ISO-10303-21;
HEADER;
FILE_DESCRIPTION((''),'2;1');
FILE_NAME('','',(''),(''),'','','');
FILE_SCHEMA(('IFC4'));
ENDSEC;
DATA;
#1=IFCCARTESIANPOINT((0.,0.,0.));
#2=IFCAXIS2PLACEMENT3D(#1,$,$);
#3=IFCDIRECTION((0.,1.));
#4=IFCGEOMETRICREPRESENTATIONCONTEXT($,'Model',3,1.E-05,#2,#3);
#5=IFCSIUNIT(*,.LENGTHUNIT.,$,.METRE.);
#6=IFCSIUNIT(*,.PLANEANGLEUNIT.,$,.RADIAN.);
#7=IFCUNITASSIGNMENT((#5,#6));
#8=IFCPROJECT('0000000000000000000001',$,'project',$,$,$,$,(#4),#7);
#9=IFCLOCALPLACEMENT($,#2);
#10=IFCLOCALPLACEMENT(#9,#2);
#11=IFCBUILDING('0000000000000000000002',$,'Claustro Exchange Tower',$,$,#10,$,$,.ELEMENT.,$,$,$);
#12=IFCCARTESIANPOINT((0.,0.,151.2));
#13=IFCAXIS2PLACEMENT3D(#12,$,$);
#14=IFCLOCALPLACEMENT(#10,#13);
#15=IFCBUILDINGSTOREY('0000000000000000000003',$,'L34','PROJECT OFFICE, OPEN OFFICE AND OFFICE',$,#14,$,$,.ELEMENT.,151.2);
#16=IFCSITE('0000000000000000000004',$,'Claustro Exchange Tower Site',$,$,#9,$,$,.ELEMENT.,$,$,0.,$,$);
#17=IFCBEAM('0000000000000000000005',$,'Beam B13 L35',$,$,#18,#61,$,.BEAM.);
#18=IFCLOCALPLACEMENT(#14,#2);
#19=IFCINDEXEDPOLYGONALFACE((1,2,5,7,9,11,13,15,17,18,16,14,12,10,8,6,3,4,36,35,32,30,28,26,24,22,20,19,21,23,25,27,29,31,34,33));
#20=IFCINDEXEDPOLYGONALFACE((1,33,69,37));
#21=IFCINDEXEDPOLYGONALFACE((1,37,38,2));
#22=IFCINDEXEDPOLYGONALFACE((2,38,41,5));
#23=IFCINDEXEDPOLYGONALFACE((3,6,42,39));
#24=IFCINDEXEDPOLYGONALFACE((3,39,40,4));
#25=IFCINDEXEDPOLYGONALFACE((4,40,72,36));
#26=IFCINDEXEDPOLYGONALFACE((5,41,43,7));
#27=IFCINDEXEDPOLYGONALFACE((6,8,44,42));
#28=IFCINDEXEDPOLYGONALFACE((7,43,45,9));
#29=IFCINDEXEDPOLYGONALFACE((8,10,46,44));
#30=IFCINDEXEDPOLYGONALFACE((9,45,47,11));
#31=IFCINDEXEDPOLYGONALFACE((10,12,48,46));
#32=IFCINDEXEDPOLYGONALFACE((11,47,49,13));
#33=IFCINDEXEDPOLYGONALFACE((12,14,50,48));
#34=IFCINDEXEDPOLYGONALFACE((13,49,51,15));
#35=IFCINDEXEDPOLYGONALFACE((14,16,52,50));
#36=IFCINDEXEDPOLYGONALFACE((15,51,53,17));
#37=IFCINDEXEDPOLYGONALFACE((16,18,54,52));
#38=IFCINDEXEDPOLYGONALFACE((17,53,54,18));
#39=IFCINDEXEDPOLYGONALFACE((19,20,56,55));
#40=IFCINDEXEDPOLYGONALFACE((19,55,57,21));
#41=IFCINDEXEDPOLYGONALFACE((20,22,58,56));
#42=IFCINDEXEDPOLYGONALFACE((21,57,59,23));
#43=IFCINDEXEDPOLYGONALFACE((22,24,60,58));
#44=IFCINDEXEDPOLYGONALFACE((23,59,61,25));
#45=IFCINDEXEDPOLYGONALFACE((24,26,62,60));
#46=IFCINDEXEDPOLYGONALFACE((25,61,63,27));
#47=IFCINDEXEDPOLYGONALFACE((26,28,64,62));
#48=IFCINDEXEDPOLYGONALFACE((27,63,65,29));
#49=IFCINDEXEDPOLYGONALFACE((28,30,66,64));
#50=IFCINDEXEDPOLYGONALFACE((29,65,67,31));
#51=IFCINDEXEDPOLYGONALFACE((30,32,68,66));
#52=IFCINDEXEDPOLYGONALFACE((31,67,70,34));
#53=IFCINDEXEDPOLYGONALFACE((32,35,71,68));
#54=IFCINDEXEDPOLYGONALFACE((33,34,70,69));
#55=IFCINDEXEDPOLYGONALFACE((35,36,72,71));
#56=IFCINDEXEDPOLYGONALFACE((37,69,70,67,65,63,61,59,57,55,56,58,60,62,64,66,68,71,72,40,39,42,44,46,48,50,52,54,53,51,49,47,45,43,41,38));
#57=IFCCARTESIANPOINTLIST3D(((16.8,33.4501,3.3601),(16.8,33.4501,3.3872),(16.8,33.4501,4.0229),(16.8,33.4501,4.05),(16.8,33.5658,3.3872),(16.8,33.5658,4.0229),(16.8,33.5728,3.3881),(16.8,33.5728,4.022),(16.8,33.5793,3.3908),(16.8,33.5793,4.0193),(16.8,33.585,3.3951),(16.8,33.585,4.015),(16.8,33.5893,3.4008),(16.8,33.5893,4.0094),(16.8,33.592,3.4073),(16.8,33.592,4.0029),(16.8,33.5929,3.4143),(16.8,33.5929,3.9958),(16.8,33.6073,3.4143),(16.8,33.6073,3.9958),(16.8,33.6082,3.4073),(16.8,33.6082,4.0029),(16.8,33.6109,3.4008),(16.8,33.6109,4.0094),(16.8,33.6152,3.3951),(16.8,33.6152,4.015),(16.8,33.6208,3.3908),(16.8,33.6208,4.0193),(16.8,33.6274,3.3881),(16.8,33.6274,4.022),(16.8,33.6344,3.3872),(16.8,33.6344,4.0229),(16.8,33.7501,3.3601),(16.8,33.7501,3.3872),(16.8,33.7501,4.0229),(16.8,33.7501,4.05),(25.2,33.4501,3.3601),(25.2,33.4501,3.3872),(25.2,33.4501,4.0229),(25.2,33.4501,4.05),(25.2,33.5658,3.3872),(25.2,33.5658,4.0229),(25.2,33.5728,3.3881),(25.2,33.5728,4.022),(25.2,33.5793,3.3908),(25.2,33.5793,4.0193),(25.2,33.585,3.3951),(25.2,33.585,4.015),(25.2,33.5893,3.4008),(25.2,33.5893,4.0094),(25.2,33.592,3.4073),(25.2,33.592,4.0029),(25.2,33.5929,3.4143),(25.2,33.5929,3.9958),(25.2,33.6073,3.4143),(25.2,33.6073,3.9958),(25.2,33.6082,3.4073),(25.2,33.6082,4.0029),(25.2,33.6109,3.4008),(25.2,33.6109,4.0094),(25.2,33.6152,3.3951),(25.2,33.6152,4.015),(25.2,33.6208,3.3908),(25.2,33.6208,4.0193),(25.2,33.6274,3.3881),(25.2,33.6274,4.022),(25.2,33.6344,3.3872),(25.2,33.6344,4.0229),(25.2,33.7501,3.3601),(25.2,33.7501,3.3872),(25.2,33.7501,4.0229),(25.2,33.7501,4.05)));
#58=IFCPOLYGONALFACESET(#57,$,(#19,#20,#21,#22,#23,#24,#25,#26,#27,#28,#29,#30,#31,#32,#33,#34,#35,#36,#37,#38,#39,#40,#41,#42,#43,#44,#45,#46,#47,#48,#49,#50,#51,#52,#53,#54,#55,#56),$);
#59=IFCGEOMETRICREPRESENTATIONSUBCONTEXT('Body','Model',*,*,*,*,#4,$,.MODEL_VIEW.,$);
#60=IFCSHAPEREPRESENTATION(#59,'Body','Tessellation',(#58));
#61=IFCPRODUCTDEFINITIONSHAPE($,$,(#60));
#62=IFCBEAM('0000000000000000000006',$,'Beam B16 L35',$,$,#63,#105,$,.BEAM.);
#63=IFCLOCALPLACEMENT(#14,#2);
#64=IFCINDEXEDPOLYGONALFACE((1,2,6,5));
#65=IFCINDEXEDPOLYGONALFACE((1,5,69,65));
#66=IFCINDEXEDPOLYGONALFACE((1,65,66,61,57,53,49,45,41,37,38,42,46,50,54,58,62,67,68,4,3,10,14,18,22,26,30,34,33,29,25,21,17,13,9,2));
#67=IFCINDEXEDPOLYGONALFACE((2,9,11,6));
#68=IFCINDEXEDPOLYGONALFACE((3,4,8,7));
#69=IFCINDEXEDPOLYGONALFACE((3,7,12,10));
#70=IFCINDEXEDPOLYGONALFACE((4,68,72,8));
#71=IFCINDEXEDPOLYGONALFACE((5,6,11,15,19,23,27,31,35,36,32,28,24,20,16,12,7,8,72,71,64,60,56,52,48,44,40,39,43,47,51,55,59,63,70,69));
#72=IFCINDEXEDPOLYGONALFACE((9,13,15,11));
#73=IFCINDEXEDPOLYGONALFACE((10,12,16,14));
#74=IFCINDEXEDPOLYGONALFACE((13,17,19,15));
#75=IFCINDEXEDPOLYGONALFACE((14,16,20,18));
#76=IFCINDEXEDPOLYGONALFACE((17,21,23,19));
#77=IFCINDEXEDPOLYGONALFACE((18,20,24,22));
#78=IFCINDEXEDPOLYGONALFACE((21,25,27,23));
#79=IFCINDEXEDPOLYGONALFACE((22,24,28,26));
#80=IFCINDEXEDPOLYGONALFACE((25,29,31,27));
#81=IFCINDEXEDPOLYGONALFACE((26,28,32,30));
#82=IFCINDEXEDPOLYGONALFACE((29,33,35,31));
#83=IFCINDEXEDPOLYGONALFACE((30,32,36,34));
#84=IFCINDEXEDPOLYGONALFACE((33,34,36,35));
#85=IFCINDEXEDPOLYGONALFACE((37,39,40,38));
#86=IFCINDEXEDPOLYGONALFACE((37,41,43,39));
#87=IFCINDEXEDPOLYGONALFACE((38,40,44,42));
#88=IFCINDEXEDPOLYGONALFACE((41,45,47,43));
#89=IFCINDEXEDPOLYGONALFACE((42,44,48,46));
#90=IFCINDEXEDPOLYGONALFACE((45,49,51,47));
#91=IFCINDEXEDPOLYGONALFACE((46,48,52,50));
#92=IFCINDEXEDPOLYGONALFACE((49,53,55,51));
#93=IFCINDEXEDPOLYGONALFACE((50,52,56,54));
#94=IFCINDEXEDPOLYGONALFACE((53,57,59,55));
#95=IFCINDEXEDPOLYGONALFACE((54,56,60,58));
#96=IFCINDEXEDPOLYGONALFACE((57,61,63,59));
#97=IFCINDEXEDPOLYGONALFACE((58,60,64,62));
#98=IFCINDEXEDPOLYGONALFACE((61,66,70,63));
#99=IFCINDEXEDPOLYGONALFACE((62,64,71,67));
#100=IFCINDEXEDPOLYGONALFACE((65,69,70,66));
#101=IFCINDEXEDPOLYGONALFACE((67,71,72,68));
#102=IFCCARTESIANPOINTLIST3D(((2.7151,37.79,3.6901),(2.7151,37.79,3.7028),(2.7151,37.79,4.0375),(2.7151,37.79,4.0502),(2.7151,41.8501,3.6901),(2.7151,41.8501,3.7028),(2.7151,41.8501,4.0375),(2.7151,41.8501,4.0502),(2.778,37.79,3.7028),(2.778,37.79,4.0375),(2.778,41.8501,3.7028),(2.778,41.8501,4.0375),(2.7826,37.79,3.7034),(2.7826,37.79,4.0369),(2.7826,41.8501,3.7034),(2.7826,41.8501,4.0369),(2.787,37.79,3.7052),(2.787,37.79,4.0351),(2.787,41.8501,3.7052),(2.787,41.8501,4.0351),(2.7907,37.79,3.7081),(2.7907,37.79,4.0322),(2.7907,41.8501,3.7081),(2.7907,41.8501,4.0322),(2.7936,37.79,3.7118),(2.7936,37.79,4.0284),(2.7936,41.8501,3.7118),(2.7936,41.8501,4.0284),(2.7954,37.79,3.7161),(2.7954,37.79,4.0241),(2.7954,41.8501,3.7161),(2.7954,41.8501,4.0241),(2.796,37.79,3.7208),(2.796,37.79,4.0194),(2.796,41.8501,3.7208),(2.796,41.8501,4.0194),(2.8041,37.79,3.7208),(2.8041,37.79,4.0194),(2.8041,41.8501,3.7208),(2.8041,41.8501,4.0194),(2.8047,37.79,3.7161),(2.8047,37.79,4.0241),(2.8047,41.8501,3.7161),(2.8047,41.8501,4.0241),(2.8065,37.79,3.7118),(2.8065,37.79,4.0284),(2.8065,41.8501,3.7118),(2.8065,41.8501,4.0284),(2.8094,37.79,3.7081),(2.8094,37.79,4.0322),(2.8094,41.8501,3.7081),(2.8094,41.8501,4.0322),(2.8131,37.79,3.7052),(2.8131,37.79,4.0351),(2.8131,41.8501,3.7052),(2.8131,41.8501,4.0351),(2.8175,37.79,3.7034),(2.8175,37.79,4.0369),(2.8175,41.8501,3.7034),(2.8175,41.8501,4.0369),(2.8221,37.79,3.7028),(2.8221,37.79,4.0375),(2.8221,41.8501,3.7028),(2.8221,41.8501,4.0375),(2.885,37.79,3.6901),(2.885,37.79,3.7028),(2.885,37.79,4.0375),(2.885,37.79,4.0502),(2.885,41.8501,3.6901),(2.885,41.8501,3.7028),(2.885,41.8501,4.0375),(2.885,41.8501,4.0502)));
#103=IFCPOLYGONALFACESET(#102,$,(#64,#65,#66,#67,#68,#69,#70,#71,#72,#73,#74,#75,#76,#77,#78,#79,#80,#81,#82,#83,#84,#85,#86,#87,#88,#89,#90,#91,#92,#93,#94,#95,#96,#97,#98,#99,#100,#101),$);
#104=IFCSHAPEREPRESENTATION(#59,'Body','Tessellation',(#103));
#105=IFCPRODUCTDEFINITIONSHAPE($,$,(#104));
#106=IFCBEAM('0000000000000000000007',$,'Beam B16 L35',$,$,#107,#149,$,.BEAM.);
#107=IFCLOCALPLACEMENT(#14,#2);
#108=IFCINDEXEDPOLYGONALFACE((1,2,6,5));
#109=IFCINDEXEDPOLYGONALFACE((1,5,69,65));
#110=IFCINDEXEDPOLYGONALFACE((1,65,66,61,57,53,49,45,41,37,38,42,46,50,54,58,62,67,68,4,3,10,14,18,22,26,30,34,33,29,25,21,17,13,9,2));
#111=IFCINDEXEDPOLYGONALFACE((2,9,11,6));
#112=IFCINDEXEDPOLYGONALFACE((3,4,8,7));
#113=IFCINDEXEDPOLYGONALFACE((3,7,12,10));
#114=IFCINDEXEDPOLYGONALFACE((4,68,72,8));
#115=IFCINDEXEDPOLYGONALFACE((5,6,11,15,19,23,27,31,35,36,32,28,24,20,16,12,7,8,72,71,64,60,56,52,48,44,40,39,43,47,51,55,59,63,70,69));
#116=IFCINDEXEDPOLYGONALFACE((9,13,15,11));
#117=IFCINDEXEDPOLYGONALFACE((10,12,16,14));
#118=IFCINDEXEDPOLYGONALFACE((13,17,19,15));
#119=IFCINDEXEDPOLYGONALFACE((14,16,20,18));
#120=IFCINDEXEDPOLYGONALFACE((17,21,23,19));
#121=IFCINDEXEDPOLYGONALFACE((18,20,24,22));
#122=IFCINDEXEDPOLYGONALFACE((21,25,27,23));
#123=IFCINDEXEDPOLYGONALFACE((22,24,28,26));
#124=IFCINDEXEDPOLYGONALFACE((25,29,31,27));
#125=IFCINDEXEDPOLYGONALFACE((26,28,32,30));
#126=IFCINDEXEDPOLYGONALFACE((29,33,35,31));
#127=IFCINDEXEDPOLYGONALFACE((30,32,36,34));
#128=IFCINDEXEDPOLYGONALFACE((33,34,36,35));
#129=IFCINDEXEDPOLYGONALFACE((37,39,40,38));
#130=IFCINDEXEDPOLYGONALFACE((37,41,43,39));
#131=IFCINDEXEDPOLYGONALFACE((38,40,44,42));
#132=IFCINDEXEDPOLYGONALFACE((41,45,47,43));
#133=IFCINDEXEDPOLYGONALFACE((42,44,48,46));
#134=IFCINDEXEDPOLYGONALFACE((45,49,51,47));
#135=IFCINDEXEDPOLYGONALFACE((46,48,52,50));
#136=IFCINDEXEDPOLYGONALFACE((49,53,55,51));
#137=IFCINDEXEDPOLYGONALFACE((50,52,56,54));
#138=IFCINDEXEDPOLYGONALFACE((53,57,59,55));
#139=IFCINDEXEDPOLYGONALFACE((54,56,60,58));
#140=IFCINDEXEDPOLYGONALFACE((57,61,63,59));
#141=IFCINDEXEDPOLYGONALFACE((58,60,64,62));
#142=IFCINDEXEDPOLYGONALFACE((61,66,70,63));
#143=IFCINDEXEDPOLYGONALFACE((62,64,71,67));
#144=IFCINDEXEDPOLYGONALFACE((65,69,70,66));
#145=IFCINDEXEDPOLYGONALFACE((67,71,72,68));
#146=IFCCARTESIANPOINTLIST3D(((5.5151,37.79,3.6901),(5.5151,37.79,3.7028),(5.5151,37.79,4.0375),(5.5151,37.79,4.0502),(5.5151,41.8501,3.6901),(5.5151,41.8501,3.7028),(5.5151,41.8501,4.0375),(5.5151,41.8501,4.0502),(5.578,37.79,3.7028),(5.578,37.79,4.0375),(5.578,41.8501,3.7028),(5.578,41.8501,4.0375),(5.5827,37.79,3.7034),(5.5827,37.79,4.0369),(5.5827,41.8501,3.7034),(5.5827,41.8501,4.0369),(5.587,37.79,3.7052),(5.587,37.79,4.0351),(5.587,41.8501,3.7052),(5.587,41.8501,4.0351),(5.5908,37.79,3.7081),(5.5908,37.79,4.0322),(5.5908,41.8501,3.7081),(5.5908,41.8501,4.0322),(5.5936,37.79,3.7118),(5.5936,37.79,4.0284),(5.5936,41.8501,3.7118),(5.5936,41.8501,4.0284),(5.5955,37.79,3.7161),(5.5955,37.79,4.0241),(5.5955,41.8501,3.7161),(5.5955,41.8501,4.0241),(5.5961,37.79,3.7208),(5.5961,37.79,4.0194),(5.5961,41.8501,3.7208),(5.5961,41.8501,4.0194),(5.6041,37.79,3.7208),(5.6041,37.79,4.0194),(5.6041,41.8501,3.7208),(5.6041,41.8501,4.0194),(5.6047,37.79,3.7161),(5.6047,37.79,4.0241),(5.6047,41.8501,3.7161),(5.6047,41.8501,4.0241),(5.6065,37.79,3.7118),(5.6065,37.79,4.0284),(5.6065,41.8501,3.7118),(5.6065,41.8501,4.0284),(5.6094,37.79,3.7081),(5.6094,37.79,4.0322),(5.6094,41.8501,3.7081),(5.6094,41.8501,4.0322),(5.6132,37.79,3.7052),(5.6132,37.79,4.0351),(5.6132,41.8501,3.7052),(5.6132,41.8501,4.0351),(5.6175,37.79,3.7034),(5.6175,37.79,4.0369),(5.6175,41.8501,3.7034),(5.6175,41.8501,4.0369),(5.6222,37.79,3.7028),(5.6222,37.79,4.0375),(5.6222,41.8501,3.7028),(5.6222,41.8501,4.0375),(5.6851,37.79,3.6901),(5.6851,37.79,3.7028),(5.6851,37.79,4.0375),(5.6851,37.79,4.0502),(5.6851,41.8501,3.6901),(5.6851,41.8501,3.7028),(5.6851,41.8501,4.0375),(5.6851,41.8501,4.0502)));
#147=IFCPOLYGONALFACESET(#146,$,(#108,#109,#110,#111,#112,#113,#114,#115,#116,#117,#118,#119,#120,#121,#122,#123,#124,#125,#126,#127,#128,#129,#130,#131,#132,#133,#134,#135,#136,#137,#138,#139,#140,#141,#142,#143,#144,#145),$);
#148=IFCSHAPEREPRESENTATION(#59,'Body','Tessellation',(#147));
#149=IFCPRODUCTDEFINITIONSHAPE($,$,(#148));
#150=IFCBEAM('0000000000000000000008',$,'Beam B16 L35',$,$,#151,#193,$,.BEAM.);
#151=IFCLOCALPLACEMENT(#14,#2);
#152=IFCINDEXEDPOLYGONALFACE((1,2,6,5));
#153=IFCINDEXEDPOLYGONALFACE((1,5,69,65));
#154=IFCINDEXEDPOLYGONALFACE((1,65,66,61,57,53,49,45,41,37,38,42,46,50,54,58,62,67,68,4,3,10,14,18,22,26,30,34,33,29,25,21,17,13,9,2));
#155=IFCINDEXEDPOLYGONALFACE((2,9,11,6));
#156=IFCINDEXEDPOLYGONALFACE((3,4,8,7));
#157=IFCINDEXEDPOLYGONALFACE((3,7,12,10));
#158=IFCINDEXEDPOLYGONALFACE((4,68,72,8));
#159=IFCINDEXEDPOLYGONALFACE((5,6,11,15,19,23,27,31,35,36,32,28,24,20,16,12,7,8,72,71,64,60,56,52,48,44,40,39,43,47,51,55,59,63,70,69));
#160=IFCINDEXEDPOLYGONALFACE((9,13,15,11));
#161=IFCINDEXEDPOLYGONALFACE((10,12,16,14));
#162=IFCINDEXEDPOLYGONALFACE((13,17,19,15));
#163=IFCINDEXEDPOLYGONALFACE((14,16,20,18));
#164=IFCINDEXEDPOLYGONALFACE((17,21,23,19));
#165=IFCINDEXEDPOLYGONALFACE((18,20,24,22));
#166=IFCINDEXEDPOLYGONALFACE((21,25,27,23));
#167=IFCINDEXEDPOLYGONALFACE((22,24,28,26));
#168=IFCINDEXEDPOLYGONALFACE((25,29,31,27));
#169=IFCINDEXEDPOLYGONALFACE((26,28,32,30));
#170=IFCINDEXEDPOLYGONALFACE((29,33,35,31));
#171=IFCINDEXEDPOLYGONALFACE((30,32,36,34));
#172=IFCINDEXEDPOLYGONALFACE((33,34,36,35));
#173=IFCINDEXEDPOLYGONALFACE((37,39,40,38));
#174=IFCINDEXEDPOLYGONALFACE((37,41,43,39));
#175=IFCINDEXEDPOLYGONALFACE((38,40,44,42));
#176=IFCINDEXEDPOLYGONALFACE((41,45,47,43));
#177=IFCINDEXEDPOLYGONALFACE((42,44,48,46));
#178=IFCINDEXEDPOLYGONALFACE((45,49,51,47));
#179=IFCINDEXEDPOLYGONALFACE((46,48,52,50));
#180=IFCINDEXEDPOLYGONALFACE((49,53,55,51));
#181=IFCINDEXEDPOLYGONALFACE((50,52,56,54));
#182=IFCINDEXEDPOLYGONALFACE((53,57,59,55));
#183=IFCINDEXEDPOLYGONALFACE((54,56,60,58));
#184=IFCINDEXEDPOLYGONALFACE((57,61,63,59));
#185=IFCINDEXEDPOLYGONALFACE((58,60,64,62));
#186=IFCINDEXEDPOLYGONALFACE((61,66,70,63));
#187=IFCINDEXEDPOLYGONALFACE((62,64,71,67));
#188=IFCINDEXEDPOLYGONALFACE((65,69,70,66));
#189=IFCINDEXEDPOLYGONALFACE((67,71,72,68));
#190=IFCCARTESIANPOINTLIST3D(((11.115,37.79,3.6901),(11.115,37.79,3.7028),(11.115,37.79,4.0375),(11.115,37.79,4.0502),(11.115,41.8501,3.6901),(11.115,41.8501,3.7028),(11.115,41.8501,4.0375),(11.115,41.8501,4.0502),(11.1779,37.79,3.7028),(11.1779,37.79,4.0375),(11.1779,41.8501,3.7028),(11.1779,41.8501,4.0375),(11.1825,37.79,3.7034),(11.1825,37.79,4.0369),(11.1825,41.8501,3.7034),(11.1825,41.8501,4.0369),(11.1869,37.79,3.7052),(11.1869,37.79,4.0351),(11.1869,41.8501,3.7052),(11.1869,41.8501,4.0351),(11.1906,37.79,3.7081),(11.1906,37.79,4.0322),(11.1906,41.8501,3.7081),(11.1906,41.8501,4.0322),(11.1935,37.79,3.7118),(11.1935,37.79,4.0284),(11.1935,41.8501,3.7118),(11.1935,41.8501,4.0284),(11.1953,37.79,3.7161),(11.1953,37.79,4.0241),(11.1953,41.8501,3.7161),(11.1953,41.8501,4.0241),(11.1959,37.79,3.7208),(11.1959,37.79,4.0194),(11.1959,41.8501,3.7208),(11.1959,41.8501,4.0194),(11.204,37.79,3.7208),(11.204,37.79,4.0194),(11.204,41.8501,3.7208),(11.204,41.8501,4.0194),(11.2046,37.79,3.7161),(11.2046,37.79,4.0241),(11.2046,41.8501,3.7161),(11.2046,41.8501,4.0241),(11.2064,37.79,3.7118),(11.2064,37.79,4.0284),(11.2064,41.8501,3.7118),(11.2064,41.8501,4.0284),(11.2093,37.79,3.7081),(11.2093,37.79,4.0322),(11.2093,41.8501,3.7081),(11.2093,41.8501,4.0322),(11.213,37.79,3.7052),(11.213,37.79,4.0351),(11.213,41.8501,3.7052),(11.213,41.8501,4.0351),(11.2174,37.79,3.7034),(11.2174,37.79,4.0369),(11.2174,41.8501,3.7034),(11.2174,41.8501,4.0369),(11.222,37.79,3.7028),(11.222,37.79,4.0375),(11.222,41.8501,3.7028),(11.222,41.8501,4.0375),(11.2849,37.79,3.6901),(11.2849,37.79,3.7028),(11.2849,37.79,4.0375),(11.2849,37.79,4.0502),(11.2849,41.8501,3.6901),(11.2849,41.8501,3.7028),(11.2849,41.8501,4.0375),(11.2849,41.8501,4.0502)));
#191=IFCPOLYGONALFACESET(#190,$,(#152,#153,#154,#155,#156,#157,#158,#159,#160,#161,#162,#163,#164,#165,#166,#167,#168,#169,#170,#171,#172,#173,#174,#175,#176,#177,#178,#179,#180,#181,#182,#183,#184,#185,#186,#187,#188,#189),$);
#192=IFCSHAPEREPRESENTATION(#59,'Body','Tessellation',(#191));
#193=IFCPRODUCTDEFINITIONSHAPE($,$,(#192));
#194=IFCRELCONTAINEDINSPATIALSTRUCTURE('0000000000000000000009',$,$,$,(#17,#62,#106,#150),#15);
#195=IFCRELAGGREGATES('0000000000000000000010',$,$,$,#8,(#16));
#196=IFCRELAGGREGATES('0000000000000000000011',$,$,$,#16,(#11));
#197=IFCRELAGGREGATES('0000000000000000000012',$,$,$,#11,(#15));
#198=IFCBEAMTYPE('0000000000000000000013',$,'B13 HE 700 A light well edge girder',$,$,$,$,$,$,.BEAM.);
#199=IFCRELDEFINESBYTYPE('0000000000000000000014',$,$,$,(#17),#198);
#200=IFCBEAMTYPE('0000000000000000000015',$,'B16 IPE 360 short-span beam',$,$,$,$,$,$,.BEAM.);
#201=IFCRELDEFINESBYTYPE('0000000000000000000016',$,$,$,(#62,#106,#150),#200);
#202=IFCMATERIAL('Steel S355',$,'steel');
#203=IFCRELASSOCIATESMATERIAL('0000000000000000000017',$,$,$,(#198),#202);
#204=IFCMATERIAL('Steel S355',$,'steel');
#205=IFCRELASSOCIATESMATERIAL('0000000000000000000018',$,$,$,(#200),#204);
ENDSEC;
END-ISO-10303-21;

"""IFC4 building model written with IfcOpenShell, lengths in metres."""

from ifc_helpers import new_model, si_unit, direction, frame, origin, origin_2d, place, context, subcontext, project, spatial, i_section, extrude, material, material_profile, profile_set, type_object, element, save


model = new_model("IFC4")

# Units and contexts
model_context = context("Model", 3, precision=1e-05, world=origin(), true_north=direction((0.0, 1.0)))
body_context = subcontext(model_context, "Body", "Model", "MODEL_VIEW")
ifc_project = project(units=[si_unit("LENGTHUNIT", "METRE"), si_unit("PLANEANGLEUNIT", "RADIAN")], contexts=[model_context])

# Site, building, storey
site_placement = place(None, origin())
site = spatial("IfcSite", under=ifc_project, at=site_placement, Name="Claustro Exchange Tower Site", CompositionType="ELEMENT", RefElevation=0.0)
building_placement = place(site_placement, origin())
building = spatial("IfcBuilding", under=site, at=building_placement, Name="Claustro Exchange Tower", CompositionType="ELEMENT")
storey_placement = place(building_placement, frame((0.0, 0.0, 151.2)))
storey = spatial("IfcBuildingStorey", under=building, at=storey_placement, Name="L34", Description="PROJECT OFFICE, OPEN OFFICE AND OFFICE", CompositionType="ELEMENT", Elevation=151.2)

# Beams
ifc_material_1 = material(Name="Steel S355", Category="steel")
ifc_material_profile_1 = material_profile(ifc_material_1, i_section(OverallWidth=0.3, OverallDepth=0.6899, WebThickness=0.0144, FlangeThickness=0.0271, FilletRadius=0.0271, at=origin_2d()), Name="HE 700 A")
ifc_profile_set_1 = profile_set([ifc_material_profile_1], Name="Steel S355")
beam_type_1 = type_object("IfcBeamType", Name="B13 HE 700 A light well edge girder", PredefinedType="BEAM", material=ifc_profile_set_1)
beam_placement = place(storey_placement, frame((16.8, 33.6001, 3.7051), z_axis=(1.0, 0.0, 0.0), x_axis=(0.0, 1.0, 0.0)))
element("IfcBeam", 1, at=beam_placement, inside=storey, type_object=beam_type_1, Name="Beam B13 L35", PredefinedType="BEAM", context=body_context, shape_type="SweptSolid", body=[
    extrude(i_section(OverallWidth=0.3, OverallDepth=0.6899, WebThickness=0.0144, FlangeThickness=0.0271, FilletRadius=0.0271, at=origin_2d()), origin(), (0.0, 0.0, 1.0), 8.3999),
])
ifc_material_2 = material(Name="Steel S355", Category="steel")
ifc_material_profile_2 = material_profile(ifc_material_2, i_section(OverallWidth=0.1699, OverallDepth=0.3601, WebThickness=0.0081, FlangeThickness=0.0127, FilletRadius=0.0181, at=origin_2d()), Name="IPE 360")
ifc_profile_set_2 = profile_set([ifc_material_profile_2], Name="Steel S355")
beam_type_2 = type_object("IfcBeamType", Name="B16 IPE 360 short-span beam", PredefinedType="BEAM", material=ifc_profile_set_2)
for number, where, z_axis, x_axis, name in (
    (2, (2.8, 37.79, 3.8701), (0.0, 1.0, 0.0), (-1.0, 0.0, 0.0), "Beam B16 L35"),
    (3, (5.6001, 37.79, 3.8701), (0.0, 1.0, 0.0), (-1.0, 0.0, 0.0), "Beam B16 L35"),
    (4, (11.2, 37.79, 3.8701), (0.0, 1.0, 0.0), (-1.0, 0.0, 0.0), "Beam B16 L35"),
):
    element("IfcBeam", number, at=place(storey_placement, frame(where, z_axis=z_axis, x_axis=x_axis)), inside=storey, type_object=beam_type_2, Name=name, PredefinedType="BEAM", context=body_context, shape_type="SweptSolid", body=[
        extrude(i_section(OverallWidth=0.1699, OverallDepth=0.3601, WebThickness=0.0081, FlangeThickness=0.0127, FilletRadius=0.0181, at=origin_2d()), origin(), (0.0, 0.0, 1.0), 4.0601),
    ])

save(model, "model.ifc")
